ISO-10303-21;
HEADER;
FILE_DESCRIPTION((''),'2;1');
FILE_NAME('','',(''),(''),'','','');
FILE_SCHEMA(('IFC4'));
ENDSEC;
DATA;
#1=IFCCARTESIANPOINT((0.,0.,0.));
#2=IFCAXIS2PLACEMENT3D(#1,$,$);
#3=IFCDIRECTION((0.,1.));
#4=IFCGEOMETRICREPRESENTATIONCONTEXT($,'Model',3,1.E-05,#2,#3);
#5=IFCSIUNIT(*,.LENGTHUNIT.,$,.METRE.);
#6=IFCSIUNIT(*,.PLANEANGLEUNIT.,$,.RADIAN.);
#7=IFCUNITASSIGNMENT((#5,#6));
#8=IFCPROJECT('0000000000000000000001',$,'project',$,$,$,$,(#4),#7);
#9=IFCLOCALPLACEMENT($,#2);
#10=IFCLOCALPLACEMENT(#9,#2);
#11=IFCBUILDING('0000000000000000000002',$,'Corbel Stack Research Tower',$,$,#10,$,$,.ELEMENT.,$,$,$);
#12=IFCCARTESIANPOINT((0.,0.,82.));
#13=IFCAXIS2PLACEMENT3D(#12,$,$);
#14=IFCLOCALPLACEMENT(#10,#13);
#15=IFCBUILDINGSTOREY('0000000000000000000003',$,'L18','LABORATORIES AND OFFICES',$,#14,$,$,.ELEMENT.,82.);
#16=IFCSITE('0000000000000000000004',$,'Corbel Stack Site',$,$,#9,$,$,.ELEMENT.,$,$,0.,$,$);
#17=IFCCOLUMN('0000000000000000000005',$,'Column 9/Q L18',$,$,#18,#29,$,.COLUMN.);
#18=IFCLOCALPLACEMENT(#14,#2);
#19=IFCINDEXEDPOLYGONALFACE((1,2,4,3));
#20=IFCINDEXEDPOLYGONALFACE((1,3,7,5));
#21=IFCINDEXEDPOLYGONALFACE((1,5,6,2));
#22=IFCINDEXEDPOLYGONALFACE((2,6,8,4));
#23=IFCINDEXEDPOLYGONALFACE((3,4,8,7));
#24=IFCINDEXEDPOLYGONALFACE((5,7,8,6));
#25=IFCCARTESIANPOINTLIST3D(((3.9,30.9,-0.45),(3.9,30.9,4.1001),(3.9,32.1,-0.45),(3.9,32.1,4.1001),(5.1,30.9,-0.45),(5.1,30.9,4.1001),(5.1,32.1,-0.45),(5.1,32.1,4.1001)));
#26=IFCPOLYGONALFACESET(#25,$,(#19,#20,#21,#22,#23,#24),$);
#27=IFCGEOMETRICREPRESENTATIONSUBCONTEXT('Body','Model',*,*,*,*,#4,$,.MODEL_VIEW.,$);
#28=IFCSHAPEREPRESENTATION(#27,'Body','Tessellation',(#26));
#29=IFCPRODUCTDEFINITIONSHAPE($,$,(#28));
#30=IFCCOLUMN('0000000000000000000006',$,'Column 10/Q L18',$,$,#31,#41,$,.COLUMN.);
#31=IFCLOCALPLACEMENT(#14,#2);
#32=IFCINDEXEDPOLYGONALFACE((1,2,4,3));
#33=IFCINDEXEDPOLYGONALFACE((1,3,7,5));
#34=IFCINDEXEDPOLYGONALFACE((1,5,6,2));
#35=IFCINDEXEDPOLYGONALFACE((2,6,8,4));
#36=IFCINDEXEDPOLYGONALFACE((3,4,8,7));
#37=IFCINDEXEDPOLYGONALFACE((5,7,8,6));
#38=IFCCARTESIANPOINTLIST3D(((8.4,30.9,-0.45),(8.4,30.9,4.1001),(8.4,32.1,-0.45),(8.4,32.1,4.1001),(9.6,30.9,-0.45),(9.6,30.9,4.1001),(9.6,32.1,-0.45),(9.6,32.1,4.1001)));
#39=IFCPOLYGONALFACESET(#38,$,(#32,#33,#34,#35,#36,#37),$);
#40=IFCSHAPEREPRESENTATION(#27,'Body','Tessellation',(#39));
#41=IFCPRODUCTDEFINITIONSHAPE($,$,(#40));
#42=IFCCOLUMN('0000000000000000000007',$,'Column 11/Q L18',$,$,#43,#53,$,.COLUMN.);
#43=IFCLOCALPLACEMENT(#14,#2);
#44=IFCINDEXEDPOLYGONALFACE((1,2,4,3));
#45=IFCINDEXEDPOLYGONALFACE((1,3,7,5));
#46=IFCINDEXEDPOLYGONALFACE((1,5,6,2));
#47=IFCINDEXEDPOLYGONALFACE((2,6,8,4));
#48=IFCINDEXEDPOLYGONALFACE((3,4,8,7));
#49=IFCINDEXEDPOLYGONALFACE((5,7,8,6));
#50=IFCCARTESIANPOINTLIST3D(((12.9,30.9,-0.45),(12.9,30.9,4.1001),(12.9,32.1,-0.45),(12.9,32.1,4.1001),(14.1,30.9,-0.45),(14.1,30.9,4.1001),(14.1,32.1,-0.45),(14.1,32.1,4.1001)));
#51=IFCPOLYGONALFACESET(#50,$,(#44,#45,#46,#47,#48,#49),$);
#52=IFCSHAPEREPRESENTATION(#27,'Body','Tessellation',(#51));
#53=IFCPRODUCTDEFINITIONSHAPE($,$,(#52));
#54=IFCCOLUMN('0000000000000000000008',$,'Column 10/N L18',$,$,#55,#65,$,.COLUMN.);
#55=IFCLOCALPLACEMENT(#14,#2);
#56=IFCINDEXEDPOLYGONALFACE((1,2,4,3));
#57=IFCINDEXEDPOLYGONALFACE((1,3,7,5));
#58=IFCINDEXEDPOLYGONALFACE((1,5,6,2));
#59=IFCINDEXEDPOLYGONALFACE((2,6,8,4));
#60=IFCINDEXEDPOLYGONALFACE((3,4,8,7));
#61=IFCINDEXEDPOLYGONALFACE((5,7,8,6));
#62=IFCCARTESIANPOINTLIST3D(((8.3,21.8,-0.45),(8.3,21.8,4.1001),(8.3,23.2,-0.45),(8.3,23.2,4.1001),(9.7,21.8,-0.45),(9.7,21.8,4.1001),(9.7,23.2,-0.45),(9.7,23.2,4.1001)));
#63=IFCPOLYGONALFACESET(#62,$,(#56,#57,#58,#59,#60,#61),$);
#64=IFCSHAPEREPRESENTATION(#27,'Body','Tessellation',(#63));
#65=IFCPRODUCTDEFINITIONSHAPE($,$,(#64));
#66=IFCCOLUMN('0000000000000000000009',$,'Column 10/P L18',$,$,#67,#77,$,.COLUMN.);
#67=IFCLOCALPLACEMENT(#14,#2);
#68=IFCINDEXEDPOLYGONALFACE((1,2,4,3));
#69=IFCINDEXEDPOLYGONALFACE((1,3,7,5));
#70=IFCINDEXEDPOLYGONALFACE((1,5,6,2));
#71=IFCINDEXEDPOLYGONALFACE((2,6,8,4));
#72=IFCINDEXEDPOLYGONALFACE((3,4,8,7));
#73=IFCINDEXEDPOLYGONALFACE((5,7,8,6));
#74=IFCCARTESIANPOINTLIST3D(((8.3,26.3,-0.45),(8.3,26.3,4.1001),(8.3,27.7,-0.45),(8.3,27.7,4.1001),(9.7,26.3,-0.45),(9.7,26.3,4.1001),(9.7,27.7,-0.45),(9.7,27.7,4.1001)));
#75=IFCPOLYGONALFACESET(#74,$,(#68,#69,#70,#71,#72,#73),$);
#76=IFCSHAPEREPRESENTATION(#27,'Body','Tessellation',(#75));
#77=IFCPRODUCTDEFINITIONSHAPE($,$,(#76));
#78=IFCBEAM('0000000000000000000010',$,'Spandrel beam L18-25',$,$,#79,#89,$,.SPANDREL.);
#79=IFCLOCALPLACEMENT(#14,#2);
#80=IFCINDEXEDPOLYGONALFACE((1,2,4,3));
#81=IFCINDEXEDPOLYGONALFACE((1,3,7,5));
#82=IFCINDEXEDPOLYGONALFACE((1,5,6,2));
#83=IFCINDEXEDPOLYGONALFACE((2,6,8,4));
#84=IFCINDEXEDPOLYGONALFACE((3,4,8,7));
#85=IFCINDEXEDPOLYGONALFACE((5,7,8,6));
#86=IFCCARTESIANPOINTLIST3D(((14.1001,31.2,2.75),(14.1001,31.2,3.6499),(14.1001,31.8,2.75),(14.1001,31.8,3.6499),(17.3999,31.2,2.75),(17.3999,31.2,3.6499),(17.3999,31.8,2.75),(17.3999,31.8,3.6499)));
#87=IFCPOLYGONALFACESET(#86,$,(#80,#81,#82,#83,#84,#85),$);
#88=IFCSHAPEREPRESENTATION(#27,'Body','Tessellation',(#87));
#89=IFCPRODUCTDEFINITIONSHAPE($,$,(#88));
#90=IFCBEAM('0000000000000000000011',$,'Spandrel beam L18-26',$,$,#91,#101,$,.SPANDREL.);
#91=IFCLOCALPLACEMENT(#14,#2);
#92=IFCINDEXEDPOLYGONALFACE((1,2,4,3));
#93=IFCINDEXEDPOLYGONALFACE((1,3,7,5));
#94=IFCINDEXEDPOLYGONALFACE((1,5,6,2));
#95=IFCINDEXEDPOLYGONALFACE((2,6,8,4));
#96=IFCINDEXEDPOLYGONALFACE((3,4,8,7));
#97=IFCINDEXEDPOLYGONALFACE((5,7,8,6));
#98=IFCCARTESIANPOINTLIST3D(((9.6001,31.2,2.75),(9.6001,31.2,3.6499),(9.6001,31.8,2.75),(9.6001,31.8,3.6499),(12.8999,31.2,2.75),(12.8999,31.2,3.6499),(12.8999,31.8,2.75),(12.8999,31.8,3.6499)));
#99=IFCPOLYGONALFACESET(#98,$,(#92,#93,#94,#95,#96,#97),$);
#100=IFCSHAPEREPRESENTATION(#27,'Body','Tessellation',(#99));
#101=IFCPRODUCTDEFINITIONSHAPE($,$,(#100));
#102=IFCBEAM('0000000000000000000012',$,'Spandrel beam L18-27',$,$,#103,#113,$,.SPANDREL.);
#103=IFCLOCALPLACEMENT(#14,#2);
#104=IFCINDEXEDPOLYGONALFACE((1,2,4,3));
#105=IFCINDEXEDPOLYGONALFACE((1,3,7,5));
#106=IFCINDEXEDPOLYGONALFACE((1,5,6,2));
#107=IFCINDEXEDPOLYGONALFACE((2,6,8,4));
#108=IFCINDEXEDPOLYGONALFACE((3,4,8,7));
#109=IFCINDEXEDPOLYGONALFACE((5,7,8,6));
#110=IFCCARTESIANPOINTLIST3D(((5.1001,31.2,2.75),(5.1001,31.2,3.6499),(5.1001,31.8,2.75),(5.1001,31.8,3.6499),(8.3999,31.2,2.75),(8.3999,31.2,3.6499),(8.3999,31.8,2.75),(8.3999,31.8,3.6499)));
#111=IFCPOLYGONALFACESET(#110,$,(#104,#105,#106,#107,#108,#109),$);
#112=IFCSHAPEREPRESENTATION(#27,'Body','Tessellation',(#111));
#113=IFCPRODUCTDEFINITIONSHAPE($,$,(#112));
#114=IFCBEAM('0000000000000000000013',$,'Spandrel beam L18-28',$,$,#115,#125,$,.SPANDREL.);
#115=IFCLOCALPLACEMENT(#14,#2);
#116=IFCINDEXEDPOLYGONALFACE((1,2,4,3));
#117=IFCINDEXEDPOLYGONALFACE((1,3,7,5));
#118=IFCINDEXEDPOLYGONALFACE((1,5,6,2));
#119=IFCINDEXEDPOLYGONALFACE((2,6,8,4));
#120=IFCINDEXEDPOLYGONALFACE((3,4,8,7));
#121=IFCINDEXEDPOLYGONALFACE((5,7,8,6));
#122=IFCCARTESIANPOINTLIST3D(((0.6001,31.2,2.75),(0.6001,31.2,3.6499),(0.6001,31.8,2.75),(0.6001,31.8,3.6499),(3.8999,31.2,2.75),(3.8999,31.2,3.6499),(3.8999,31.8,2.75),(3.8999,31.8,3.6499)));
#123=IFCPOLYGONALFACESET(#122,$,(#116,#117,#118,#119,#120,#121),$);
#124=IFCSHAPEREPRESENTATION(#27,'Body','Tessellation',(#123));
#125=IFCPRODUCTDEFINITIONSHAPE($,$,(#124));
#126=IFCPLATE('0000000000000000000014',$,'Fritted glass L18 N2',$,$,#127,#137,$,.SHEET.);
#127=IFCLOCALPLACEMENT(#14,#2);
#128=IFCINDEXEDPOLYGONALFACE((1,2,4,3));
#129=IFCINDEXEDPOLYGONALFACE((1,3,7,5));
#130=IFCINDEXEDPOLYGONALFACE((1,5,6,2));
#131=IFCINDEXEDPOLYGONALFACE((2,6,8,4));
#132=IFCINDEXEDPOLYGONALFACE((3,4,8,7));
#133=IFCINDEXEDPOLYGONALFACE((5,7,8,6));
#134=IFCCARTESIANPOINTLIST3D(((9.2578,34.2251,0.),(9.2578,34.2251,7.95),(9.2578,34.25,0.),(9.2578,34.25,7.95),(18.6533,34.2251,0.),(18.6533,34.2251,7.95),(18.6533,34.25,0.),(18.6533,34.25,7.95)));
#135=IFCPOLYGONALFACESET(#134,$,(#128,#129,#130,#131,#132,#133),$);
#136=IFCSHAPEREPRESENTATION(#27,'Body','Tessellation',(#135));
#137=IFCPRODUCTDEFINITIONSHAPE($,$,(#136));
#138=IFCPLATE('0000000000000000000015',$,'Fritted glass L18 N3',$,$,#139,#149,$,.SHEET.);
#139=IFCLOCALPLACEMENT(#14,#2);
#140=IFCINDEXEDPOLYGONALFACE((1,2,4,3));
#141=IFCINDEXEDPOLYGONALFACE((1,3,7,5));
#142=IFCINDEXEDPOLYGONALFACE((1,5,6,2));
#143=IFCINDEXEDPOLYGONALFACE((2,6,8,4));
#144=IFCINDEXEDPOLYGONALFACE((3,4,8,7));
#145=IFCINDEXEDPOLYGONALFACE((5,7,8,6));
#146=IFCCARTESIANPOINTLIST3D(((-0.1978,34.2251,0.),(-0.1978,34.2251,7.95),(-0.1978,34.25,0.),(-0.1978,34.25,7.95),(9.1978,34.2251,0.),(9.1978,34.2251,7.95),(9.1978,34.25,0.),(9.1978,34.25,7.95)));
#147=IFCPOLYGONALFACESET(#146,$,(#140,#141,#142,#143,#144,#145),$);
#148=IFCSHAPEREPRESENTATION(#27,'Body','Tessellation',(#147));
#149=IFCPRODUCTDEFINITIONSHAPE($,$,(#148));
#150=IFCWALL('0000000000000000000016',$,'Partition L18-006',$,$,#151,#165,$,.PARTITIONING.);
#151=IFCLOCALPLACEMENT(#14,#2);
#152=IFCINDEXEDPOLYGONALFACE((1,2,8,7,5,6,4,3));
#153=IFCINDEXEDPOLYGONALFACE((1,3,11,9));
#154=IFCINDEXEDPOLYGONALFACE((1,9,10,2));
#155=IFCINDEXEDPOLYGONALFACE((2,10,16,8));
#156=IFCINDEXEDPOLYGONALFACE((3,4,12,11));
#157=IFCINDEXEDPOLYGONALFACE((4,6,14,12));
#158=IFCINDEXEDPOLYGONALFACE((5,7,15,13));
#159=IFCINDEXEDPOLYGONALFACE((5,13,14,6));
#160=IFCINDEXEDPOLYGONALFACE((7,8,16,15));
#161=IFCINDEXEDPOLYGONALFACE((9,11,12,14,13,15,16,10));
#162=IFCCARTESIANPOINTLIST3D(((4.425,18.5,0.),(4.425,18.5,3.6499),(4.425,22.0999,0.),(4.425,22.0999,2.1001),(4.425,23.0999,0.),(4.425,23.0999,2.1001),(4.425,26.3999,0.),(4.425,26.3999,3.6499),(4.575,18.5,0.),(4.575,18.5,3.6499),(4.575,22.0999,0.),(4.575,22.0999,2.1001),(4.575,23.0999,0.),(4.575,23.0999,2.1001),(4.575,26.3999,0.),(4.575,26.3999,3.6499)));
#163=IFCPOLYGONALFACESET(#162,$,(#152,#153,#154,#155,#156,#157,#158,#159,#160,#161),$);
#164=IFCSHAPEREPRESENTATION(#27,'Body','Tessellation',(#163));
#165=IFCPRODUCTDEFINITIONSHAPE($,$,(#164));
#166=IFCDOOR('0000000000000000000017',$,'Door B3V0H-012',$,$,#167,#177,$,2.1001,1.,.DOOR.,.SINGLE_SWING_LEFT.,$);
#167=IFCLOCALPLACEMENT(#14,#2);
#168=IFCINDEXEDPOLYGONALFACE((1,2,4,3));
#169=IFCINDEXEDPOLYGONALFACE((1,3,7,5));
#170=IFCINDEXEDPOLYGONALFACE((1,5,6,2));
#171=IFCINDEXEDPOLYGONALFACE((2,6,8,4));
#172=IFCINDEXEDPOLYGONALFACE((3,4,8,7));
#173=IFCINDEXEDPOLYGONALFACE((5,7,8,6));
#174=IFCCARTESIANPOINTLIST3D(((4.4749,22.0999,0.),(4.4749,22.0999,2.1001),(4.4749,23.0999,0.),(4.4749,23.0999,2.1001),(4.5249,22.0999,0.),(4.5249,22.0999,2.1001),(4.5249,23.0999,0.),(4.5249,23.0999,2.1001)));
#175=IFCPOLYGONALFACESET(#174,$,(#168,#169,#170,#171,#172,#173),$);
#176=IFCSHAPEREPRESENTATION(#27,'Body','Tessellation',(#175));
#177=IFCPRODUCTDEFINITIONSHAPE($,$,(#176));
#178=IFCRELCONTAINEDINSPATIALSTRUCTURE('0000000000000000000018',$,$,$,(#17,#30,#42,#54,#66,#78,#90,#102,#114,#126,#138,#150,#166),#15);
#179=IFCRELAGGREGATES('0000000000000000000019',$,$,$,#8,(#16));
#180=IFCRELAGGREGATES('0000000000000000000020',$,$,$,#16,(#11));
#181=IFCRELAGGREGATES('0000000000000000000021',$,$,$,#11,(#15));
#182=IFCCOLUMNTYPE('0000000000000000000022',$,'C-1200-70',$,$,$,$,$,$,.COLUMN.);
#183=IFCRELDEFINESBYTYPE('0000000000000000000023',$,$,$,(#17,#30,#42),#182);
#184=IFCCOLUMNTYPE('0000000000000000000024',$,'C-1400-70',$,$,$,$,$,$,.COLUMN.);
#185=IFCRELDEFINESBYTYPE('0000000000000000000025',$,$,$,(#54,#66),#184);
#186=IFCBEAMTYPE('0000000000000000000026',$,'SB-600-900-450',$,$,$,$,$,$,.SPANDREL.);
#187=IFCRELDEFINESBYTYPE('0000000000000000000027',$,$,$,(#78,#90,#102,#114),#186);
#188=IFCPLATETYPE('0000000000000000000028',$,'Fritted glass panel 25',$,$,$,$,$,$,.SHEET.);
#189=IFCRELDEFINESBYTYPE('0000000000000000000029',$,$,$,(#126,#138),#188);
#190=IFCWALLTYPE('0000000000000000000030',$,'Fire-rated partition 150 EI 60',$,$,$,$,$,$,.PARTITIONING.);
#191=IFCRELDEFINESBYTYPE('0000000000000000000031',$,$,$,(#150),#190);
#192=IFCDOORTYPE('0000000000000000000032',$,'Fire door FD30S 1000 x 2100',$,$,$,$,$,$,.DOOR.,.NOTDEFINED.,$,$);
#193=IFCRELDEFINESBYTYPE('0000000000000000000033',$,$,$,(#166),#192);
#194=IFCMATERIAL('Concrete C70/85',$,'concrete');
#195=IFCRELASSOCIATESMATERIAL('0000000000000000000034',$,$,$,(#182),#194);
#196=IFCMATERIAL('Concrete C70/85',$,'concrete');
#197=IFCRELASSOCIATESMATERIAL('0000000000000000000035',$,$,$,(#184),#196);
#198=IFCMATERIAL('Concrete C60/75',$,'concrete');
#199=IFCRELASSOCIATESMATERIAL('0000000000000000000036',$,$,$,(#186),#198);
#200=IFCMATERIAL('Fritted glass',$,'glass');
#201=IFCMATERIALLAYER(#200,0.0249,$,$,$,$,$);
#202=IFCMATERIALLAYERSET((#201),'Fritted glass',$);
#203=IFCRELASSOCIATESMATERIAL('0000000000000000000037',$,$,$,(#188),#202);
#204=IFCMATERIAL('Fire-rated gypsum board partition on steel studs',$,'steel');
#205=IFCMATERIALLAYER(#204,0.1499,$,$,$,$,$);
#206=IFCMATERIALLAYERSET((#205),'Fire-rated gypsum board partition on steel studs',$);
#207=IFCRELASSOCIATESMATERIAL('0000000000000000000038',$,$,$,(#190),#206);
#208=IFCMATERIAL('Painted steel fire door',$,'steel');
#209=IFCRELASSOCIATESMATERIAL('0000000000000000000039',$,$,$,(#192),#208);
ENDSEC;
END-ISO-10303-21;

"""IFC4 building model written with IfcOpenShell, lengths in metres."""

from ifc_helpers import new_model, si_unit, direction, frame, frame_2d, origin, origin_2d, place, context, subcontext, project, spatial, rectangle, extrude, material, layer, layer_set, material_profile, profile_set, type_object, element, fill, save


model = new_model("IFC4")

# Units and contexts
model_context = context("Model", 3, precision=1e-05, world=origin(), true_north=direction((0.0, 1.0)))
body_context = subcontext(model_context, "Body", "Model", "MODEL_VIEW")
ifc_project = project(units=[si_unit("LENGTHUNIT", "METRE"), si_unit("PLANEANGLEUNIT", "RADIAN")], contexts=[model_context])

# Site, building, storey
site_placement = place(None, origin())
site = spatial("IfcSite", under=ifc_project, at=site_placement, Name="Corbel Stack Site", CompositionType="ELEMENT", RefElevation=0.0)
building_placement = place(site_placement, origin())
building = spatial("IfcBuilding", under=site, at=building_placement, Name="Corbel Stack Research Tower", CompositionType="ELEMENT")
storey_placement = place(building_placement, frame((0.0, 0.0, 82.0)))
storey = spatial("IfcBuildingStorey", under=building, at=storey_placement, Name="L18", Description="LABORATORIES AND OFFICES", CompositionType="ELEMENT", Elevation=82.0)

# Columns
ifc_material_1 = material(Name="Concrete C70/85", Category="concrete")
ifc_material_profile_1 = material_profile(ifc_material_1, rectangle(XDim=1.2, YDim=1.2, at=origin_2d()), Name="RC 1200 x 1200")
ifc_profile_set_1 = profile_set([ifc_material_profile_1], Name="Concrete C70/85")
column_type_1 = type_object("IfcColumnType", Name="C-1200-70", PredefinedType="COLUMN", material=ifc_profile_set_1)
for number, where, z_axis, x_axis, name in (
    (1, (4.5, 31.5, -0.45), (0.0, 0.0, 1.0), (1.0, 0.0, 0.0), "Column 9/Q L18"),
    (2, (9.0, 31.5, -0.45), (0.0, 0.0, 1.0), (1.0, 0.0, 0.0), "Column 10/Q L18"),
    (3, (13.5, 31.5, -0.45), (0.0, 0.0, 1.0), (1.0, 0.0, 0.0), "Column 11/Q L18"),
):
    element("IfcColumn", number, at=place(storey_placement, frame(where, z_axis=z_axis, x_axis=x_axis)), inside=storey, type_object=column_type_1, Name=name, PredefinedType="COLUMN", context=body_context, shape_type="SweptSolid", body=[
        extrude(rectangle(XDim=1.2, YDim=1.2, at=origin_2d()), origin(), (0.0, 0.0, 1.0), 4.55),
    ])
ifc_material_2 = material(Name="Concrete C70/85", Category="concrete")
ifc_material_profile_2 = material_profile(ifc_material_2, rectangle(XDim=1.3999, YDim=1.3999, at=origin_2d()), Name="RC 1400 x 1400")
ifc_profile_set_2 = profile_set([ifc_material_profile_2], Name="Concrete C70/85")
column_type_2 = type_object("IfcColumnType", Name="C-1400-70", PredefinedType="COLUMN", material=ifc_profile_set_2)
for number, where, z_axis, x_axis, name in (
    (4, (9.0, 22.5, -0.45), (0.0, 0.0, 1.0), (1.0, 0.0, 0.0), "Column 10/N L18"),
    (5, (9.0, 27.0, -0.45), (0.0, 0.0, 1.0), (1.0, 0.0, 0.0), "Column 10/P L18"),
):
    element("IfcColumn", number, at=place(storey_placement, frame(where, z_axis=z_axis, x_axis=x_axis)), inside=storey, type_object=column_type_2, Name=name, PredefinedType="COLUMN", context=body_context, shape_type="SweptSolid", body=[
        extrude(rectangle(XDim=1.3999, YDim=1.3999, at=origin_2d()), origin(), (0.0, 0.0, 1.0), 4.55),
    ])

# Beams
ifc_material_3 = material(Name="Concrete C60/75", Category="concrete")
ifc_material_profile_3 = material_profile(ifc_material_3, rectangle(XDim=0.6001, YDim=0.8999, at=origin_2d()), Name="RC 600 x 900")
ifc_profile_set_3 = profile_set([ifc_material_profile_3], Name="Concrete C60/75")
beam_type = type_object("IfcBeamType", Name="SB-600-900-450", PredefinedType="SPANDREL", material=ifc_profile_set_3)
for number, where, z_axis, x_axis, name in (
    (6, (17.3999, 31.5, 3.2), (-1.0, 0.0, 0.0), (0.0, -1.0, 0.0), "Spandrel beam L18-25"),
    (7, (12.8999, 31.5, 3.2), (-1.0, 0.0, 0.0), (0.0, -1.0, 0.0), "Spandrel beam L18-26"),
    (8, (8.3999, 31.5, 3.2), (-1.0, 0.0, 0.0), (0.0, -1.0, 0.0), "Spandrel beam L18-27"),
    (9, (3.8999, 31.5, 3.2), (-1.0, 0.0, 0.0), (0.0, -1.0, 0.0), "Spandrel beam L18-28"),
):
    element("IfcBeam", number, at=place(storey_placement, frame(where, z_axis=z_axis, x_axis=x_axis)), inside=storey, type_object=beam_type, Name=name, PredefinedType="SPANDREL", context=body_context, shape_type="SweptSolid", body=[
        extrude(rectangle(XDim=0.6001, YDim=0.8999, at=origin_2d()), origin(), (0.0, 0.0, 1.0), 3.2998),
    ])

# Plates
ifc_material_4 = material(Name="Fritted glass", Category="glass")
ifc_layer_1 = layer(ifc_material_4, 0.0249)
ifc_layer_set_1 = layer_set([ifc_layer_1], Name="Fritted glass")
plate_type = type_object("IfcPlateType", Name="Fritted glass panel 25", PredefinedType="SHEET", material=ifc_layer_set_1)
for number, where, z_axis, x_axis, name in (
    (10, (13.9556, 34.2375, 0.0), (0.0, 0.0, 1.0), (-1.0, 0.0, 0.0), "Fritted glass L18 N2"),
    (11, (4.5, 34.2375, 0.0), (0.0, 0.0, 1.0), (-1.0, 0.0, 0.0), "Fritted glass L18 N3"),
):
    element("IfcPlate", number, at=place(storey_placement, frame(where, z_axis=z_axis, x_axis=x_axis)), inside=storey, type_object=plate_type, Name=name, PredefinedType="SHEET", context=body_context, shape_type="SweptSolid", body=[
        extrude(rectangle(XDim=9.3955, YDim=0.0249, at=origin_2d()), origin(), (0.0, 0.0, 1.0), 7.95),
    ])

# Wall, opening, door
ifc_material_5 = material(Name="Fire-rated gypsum board partition on steel studs", Category="steel")
ifc_layer_2 = layer(ifc_material_5, 0.1499)
ifc_layer_set_2 = layer_set([ifc_layer_2], Name="Fire-rated gypsum board partition on steel studs")
wall_type_1 = type_object("IfcWallType", Name="Fire-rated partition 150 EI 60", PredefinedType="PARTITIONING", material=ifc_layer_set_2)
wall_1_placement = place(storey_placement, frame((4.5, 26.3999, 0.0), z_axis=(0.0, 0.0, 1.0), x_axis=(0.0, -1.0, 0.0)))
wall_1 = element("IfcWall", 12, at=wall_1_placement, inside=storey, type_object=wall_type_1, Name="Partition L18-006", PredefinedType="PARTITIONING", context=body_context, shape_type="SweptSolid", body=[
    extrude(rectangle(XDim=7.8999, YDim=0.1499, at=frame_2d((3.95, 0.0))), origin(), (0.0, 0.0, 1.0), 3.6499),
])
opening_1_placement = place(wall_1_placement, frame((3.3, 0.0, 0.0)))
opening_1 = element("IfcOpeningElement", 13, at=opening_1_placement, cuts=wall_1, PredefinedType="OPENING", context=body_context, shape_type="SweptSolid", body=[
    extrude(rectangle(XDim=1.0, YDim=2.1001, at=frame_2d((0.5, 1.05))), frame((0.0, 0.085, 0.0), z_axis=(0.0, -1.0, 0.0), x_axis=(1.0, 0.0, 0.0)), (0.0, 0.0, 1.0), 0.1699),
])
ifc_material_6 = material(Name="Painted steel fire door", Category="steel")
door_type_1 = type_object("IfcDoorType", Name="Fire door FD30S 1000 x 2100", OperationType="NOTDEFINED", PredefinedType="DOOR", material=ifc_material_6)
door_1_placement = place(opening_1_placement, origin())
door_1 = element("IfcDoor", 14, at=door_1_placement, inside=storey, type_object=door_type_1, Name="Door B3V0H-012", OperationType="SINGLE_SWING_LEFT", OverallHeight=2.1001, OverallWidth=1.0, PredefinedType="DOOR", context=body_context, shape_type="SweptSolid", body=[
    extrude(rectangle(XDim=1.0, YDim=2.1001, at=frame_2d((0.5, 1.05))), frame((0.0, 0.0249, 0.0), z_axis=(0.0, -1.0, 0.0), x_axis=(1.0, 0.0, 0.0)), (0.0, 0.0, 1.0), 0.05),
])
fill(opening_1, door_1)

save(model, "model.ifc")
